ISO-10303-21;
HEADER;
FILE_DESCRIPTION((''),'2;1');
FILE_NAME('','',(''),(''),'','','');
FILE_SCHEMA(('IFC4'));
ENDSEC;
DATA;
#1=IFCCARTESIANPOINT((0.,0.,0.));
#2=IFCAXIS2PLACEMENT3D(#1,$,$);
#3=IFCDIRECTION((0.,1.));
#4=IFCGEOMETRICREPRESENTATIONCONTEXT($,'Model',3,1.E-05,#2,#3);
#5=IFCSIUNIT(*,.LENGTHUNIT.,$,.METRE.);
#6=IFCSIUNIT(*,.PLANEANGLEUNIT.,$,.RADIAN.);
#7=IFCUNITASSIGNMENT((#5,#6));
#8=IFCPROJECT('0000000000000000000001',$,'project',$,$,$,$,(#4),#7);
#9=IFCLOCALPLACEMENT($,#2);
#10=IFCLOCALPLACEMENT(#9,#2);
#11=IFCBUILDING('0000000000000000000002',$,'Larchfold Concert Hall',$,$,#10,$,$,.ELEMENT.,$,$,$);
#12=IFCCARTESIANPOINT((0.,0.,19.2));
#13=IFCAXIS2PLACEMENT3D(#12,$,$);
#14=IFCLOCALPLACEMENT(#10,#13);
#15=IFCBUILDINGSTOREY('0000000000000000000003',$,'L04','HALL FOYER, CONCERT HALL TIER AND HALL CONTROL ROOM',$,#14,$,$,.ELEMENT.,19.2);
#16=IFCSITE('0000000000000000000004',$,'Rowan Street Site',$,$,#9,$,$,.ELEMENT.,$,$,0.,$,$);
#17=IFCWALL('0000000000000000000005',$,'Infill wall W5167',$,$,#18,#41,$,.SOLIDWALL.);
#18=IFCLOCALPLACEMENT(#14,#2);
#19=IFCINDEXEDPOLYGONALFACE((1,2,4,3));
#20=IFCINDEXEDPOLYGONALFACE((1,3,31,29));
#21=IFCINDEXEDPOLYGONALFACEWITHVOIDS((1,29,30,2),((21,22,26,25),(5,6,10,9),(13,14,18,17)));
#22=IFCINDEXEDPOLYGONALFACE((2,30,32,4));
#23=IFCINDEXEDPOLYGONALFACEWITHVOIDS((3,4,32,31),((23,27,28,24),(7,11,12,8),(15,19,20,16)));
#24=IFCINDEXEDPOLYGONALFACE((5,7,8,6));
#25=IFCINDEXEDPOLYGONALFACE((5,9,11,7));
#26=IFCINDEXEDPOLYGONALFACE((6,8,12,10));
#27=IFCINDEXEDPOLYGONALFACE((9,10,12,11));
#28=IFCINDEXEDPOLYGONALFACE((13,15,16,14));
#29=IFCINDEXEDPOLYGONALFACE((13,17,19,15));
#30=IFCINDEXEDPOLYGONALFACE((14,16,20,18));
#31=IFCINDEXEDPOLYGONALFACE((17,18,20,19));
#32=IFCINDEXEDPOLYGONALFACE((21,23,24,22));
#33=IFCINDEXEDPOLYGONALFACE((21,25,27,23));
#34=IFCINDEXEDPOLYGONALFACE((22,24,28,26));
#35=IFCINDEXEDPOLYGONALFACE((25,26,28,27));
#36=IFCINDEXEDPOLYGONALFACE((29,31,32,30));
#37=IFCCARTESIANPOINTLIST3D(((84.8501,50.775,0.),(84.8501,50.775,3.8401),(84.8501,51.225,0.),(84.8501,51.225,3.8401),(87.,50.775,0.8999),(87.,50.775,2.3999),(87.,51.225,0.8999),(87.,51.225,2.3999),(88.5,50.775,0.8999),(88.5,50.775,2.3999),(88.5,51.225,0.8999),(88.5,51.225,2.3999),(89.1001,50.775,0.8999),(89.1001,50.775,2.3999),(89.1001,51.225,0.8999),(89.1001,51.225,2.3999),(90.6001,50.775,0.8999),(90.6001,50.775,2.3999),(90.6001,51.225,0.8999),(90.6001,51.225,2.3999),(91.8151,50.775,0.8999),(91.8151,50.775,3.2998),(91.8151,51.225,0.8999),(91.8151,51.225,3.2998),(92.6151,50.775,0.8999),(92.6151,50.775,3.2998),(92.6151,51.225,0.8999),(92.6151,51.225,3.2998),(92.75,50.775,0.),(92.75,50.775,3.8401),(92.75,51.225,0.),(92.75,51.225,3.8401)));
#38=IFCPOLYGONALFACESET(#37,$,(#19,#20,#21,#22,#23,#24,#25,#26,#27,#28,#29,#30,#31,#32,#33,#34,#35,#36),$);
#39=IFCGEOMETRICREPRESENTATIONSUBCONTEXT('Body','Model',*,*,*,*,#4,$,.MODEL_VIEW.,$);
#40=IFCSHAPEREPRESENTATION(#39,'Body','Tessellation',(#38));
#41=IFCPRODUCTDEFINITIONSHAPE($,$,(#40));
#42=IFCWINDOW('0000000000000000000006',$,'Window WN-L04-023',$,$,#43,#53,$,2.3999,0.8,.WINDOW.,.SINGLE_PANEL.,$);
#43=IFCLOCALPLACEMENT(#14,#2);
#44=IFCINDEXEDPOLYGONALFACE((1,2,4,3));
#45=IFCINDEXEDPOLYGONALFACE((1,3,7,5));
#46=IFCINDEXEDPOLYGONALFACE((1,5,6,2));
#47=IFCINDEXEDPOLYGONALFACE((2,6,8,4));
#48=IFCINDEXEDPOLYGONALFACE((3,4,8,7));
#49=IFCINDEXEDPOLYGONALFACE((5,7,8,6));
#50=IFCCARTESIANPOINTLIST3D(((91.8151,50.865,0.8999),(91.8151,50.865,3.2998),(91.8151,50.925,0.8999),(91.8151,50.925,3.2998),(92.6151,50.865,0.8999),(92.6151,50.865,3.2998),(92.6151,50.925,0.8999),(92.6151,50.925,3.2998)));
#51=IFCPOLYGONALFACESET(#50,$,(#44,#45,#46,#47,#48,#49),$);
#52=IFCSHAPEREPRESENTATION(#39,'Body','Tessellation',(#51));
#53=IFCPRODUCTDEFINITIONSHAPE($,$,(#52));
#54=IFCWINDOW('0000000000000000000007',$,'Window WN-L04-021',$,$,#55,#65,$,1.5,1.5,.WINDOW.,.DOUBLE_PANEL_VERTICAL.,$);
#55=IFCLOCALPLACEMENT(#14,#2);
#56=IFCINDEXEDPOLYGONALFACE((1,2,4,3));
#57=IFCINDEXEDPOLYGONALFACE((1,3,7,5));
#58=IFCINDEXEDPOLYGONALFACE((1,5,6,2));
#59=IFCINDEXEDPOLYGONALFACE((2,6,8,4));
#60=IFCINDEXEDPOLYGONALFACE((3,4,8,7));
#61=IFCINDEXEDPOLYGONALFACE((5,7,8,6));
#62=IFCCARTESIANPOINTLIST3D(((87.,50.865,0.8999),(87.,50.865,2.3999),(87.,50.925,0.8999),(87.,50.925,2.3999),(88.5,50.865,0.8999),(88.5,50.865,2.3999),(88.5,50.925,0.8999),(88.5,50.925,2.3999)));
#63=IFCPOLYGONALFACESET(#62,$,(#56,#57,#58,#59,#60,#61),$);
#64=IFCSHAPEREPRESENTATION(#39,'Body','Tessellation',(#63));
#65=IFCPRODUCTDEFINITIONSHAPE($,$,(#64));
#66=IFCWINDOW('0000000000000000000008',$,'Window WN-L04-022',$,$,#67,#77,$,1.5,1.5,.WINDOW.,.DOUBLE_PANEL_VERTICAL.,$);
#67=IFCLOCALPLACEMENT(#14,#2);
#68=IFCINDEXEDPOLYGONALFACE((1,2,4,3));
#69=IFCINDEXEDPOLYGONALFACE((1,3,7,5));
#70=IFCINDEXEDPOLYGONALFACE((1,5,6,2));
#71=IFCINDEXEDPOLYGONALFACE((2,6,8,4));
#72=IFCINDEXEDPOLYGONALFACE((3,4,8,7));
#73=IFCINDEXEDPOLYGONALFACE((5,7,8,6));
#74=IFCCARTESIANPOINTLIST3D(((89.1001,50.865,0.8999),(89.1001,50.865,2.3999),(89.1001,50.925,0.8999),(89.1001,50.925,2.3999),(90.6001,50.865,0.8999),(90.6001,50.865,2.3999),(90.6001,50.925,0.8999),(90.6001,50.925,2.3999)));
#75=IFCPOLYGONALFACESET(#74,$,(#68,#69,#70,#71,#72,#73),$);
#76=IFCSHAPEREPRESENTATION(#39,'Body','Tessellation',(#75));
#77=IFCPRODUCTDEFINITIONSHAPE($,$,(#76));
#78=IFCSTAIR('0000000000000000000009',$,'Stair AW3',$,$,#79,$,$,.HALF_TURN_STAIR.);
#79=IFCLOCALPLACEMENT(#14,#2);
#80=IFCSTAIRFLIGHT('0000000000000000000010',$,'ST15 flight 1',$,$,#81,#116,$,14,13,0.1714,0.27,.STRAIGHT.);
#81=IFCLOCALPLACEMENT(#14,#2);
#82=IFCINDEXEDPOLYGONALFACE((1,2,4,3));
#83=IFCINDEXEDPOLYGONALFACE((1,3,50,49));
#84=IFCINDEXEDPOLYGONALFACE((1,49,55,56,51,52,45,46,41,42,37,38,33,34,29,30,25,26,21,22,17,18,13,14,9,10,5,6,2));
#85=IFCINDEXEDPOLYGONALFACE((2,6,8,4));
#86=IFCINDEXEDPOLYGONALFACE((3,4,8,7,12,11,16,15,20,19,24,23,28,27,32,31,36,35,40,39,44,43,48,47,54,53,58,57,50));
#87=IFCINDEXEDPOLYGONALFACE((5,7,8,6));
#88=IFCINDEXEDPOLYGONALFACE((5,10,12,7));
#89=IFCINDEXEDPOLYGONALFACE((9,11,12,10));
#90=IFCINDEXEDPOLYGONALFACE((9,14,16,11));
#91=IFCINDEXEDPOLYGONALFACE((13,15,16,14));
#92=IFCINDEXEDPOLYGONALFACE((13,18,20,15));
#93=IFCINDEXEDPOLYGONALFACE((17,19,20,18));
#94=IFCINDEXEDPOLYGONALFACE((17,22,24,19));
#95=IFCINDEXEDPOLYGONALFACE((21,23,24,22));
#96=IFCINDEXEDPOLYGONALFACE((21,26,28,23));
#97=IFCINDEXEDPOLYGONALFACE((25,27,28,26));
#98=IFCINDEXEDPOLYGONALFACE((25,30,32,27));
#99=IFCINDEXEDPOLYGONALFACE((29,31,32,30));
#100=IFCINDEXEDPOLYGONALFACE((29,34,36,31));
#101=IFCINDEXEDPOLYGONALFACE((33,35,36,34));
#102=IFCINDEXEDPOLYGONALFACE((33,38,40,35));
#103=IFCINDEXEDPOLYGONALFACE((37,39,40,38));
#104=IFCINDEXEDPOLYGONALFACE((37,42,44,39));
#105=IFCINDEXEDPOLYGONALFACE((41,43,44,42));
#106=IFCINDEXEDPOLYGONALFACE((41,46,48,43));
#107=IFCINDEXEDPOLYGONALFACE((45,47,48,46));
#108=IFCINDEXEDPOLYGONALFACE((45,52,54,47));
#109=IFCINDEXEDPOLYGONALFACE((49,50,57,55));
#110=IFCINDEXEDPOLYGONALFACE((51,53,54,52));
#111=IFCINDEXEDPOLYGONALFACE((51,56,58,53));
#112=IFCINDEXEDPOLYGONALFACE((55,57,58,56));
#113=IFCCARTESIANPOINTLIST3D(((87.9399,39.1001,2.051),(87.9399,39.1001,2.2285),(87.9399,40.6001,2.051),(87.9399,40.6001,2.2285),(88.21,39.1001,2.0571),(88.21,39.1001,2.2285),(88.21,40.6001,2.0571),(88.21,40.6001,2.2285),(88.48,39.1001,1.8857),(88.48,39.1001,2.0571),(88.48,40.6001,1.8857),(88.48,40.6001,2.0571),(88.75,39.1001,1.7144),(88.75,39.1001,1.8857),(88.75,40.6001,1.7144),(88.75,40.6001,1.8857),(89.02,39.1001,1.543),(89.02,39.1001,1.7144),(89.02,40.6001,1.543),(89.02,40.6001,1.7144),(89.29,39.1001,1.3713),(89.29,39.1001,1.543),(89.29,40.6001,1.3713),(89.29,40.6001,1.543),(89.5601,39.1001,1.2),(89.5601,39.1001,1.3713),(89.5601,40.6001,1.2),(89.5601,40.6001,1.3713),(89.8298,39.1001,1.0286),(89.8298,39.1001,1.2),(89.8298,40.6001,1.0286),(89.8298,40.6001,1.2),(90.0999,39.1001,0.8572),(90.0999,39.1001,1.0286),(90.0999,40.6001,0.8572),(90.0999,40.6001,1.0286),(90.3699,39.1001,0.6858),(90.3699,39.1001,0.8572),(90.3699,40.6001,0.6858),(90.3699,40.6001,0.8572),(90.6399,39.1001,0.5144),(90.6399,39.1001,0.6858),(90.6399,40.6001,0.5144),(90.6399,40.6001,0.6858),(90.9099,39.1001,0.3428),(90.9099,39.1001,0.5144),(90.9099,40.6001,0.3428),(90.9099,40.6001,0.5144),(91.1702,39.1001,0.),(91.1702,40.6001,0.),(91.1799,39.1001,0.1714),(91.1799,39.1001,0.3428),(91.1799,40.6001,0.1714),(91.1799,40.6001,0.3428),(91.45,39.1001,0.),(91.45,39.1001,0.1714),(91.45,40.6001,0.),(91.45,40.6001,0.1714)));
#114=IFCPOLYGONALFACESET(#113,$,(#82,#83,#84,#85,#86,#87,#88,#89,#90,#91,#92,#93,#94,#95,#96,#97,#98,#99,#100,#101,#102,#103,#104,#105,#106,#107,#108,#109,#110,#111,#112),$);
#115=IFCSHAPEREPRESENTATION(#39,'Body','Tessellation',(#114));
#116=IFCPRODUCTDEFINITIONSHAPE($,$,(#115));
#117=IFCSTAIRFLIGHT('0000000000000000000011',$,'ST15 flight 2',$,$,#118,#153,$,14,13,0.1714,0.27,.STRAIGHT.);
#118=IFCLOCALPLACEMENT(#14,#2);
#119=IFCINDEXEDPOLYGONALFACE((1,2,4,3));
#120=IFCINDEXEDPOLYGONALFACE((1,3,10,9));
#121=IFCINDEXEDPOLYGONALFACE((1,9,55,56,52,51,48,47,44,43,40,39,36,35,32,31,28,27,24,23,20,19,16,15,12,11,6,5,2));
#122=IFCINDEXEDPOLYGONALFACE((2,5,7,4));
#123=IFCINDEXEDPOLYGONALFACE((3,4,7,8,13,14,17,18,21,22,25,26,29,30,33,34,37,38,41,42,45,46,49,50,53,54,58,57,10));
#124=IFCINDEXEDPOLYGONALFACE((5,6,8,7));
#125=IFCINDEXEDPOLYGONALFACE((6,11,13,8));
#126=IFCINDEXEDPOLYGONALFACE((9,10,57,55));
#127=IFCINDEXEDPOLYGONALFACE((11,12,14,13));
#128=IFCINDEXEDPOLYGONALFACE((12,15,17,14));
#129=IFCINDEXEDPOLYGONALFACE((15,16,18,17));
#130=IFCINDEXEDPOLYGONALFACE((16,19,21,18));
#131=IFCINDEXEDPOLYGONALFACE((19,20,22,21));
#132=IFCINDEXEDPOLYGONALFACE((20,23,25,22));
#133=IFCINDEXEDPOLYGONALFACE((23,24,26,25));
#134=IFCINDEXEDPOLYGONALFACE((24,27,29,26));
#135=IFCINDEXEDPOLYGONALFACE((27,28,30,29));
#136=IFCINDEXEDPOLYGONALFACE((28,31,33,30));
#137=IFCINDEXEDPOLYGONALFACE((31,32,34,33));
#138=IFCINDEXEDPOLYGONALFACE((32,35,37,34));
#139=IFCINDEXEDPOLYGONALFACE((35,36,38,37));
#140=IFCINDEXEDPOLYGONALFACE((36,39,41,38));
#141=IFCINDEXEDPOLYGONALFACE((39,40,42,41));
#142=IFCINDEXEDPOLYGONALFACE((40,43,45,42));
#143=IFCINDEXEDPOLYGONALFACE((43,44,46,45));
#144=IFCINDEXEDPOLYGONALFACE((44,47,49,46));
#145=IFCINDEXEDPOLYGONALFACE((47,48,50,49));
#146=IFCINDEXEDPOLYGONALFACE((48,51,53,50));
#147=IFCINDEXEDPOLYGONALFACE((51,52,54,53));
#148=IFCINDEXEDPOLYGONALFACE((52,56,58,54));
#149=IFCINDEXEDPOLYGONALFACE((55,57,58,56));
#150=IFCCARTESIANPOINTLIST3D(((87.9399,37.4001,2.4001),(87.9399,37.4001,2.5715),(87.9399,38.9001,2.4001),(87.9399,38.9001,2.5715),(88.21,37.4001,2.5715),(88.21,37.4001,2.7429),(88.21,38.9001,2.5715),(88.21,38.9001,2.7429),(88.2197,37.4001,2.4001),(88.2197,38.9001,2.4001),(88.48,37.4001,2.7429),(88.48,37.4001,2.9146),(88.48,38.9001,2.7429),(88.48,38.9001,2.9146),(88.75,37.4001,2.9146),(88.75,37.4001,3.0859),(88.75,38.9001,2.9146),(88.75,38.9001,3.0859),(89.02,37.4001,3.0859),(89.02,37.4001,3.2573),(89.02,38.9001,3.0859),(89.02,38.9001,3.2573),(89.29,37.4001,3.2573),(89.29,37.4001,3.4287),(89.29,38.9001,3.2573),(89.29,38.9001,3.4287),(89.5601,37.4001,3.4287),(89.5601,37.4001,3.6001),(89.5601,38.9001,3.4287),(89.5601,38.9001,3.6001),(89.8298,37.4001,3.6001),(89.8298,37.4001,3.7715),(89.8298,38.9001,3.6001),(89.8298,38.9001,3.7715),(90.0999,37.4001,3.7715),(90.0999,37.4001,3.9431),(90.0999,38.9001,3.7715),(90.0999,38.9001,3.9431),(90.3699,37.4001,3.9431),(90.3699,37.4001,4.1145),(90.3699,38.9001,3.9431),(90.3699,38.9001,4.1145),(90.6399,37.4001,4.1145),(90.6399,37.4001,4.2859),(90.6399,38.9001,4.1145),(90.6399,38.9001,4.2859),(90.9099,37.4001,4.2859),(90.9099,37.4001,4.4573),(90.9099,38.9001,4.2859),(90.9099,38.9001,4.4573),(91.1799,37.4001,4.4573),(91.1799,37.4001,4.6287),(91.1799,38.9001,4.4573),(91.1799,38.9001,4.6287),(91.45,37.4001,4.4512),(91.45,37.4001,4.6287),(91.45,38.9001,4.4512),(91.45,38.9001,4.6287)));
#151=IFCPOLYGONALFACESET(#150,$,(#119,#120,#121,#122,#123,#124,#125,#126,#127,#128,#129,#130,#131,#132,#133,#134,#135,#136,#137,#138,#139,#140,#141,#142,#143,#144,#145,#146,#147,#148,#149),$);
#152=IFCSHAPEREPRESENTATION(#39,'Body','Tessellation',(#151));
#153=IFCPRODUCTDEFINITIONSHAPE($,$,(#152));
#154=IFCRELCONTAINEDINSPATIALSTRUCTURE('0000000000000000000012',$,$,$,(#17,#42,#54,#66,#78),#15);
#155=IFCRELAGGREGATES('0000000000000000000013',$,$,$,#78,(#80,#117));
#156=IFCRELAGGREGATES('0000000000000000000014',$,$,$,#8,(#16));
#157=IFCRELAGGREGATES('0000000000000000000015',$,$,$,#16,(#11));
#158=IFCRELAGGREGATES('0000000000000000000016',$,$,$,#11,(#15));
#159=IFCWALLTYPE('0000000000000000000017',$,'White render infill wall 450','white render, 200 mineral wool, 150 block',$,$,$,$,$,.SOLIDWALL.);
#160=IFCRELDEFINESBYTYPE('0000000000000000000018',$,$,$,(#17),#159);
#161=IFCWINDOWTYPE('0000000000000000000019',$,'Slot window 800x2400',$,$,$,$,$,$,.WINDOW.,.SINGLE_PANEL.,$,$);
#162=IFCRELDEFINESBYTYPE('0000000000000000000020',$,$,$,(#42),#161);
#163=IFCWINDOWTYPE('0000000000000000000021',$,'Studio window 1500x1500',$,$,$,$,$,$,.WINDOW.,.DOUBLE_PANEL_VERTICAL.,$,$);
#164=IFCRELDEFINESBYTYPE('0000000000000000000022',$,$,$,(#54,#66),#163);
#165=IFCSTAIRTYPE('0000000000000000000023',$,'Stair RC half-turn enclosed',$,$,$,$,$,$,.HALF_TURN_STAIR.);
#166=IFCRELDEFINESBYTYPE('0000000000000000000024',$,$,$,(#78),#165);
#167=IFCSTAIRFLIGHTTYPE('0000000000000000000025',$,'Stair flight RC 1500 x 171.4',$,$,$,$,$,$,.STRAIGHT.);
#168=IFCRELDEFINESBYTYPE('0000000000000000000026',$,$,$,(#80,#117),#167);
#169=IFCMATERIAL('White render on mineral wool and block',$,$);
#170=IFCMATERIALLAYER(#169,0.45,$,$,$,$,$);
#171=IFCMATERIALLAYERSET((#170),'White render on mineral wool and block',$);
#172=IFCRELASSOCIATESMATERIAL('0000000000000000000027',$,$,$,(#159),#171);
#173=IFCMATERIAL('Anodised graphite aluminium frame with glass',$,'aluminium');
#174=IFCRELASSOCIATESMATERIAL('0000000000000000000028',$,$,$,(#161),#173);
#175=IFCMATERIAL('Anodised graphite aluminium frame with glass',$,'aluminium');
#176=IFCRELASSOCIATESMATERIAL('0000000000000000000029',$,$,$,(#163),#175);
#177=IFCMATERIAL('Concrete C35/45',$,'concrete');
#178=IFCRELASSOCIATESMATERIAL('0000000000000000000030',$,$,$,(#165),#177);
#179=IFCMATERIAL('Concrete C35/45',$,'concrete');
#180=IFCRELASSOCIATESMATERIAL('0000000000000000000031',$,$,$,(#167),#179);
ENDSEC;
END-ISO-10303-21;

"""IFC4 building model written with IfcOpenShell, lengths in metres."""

from ifc_helpers import new_model, si_unit, direction, frame, frame_2d, origin, place, context, subcontext, project, spatial, polyline, rectangle, outline, extrude, material, layer, layer_set, type_object, element, fill, aggregate, save


model = new_model("IFC4")

# Units and contexts
model_context = context("Model", 3, precision=1e-05, world=origin(), true_north=direction((0.0, 1.0)))
body_context = subcontext(model_context, "Body", "Model", "MODEL_VIEW")
ifc_project = project(units=[si_unit("LENGTHUNIT", "METRE"), si_unit("PLANEANGLEUNIT", "RADIAN")], contexts=[model_context])

# Site, building, storey
site_placement = place(None, origin())
site = spatial("IfcSite", under=ifc_project, at=site_placement, Name="Rowan Street Site", CompositionType="ELEMENT", RefElevation=0.0)
building_placement = place(site_placement, origin())
building = spatial("IfcBuilding", under=site, at=building_placement, Name="Larchfold Concert Hall", CompositionType="ELEMENT")
storey_placement = place(building_placement, frame((0.0, 0.0, 19.2)))
storey = spatial("IfcBuildingStorey", under=building, at=storey_placement, Name="L04", Description="HALL FOYER, CONCERT HALL TIER AND HALL CONTROL ROOM", CompositionType="ELEMENT", Elevation=19.2)

# Wall, openings, windows
ifc_material_1 = material(Name="White render on mineral wool and block")
ifc_layer_1 = layer(ifc_material_1, 0.45)
ifc_layer_set_1 = layer_set([ifc_layer_1], Name="White render on mineral wool and block")
wall_type_1 = type_object("IfcWallType", Name="White render infill wall 450", Description="white render, 200 mineral wool, 150 block", PredefinedType="SOLIDWALL", material=ifc_layer_set_1)
wall_1_placement = place(storey_placement, frame((92.75, 51.0, 0.0), z_axis=(0.0, 0.0, 1.0), x_axis=(-1.0, 0.0, 0.0)))
wall_1 = element("IfcWall", 1, at=wall_1_placement, inside=storey, type_object=wall_type_1, Name="Infill wall W5167", PredefinedType="SOLIDWALL", context=body_context, shape_type="SweptSolid", body=[
    extrude(rectangle(XDim=7.8999, YDim=0.45, at=frame_2d((3.95, 0.0))), origin(), (0.0, 0.0, 1.0), 3.8401),
])
opening_1_placement = place(wall_1_placement, frame((4.25, 0.0, 0.8999)))
opening_1 = element("IfcOpeningElement", 2, at=opening_1_placement, cuts=wall_1, PredefinedType="OPENING", context=body_context, shape_type="SweptSolid", body=[
    extrude(rectangle(XDim=1.5, YDim=1.5, at=frame_2d((0.75, 0.75))), frame((0.0, 0.2349, 0.0), z_axis=(0.0, -1.0, 0.0), x_axis=(1.0, 0.0, 0.0)), (0.0, 0.0, 1.0), 0.47),
])
opening_2_placement = place(wall_1_placement, frame((2.1499, 0.0, 0.8999)))
opening_2 = element("IfcOpeningElement", 3, at=opening_2_placement, cuts=wall_1, PredefinedType="OPENING", context=body_context, shape_type="SweptSolid", body=[
    extrude(rectangle(XDim=1.5, YDim=1.5, at=frame_2d((0.75, 0.75))), frame((0.0, 0.2349, 0.0), z_axis=(0.0, -1.0, 0.0), x_axis=(1.0, 0.0, 0.0)), (0.0, 0.0, 1.0), 0.47),
])
opening_3_placement = place(wall_1_placement, frame((0.135, 0.0, 0.8999)))
opening_3 = element("IfcOpeningElement", 4, at=opening_3_placement, cuts=wall_1, PredefinedType="OPENING", context=body_context, shape_type="SweptSolid", body=[
    extrude(rectangle(XDim=0.8, YDim=2.3999, at=frame_2d((0.3999, 1.2))), frame((0.0, 0.2349, 0.0), z_axis=(0.0, -1.0, 0.0), x_axis=(1.0, 0.0, 0.0)), (0.0, 0.0, 1.0), 0.47),
])
ifc_material_2 = material(Name="Anodised graphite aluminium frame with glass", Category="aluminium")
window_type_1 = type_object("IfcWindowType", Name="Slot window 800x2400", PartitioningType="SINGLE_PANEL", PredefinedType="WINDOW", material=ifc_material_2)
window_1_placement = place(opening_3_placement, origin())
window_1 = element("IfcWindow", 5, at=window_1_placement, inside=storey, type_object=window_type_1, Name="Window WN-L04-023", OverallHeight=2.3999, OverallWidth=0.8, PartitioningType="SINGLE_PANEL", PredefinedType="WINDOW", context=body_context, shape_type="SweptSolid", body=[
    extrude(rectangle(XDim=0.8, YDim=2.3999, at=frame_2d((0.3999, 1.2))), frame((0.0, 0.135, 0.0), z_axis=(0.0, -1.0, 0.0), x_axis=(1.0, 0.0, 0.0)), (0.0, 0.0, 1.0), 0.0601),
])
fill(opening_3, window_1)
ifc_material_3 = material(Name="Anodised graphite aluminium frame with glass", Category="aluminium")
window_type_2 = type_object("IfcWindowType", Name="Studio window 1500x1500", PartitioningType="DOUBLE_PANEL_VERTICAL", PredefinedType="WINDOW", material=ifc_material_3)
window_2_placement = place(opening_1_placement, origin())
window_2 = element("IfcWindow", 6, at=window_2_placement, inside=storey, type_object=window_type_2, Name="Window WN-L04-021", OverallHeight=1.5, OverallWidth=1.5, PartitioningType="DOUBLE_PANEL_VERTICAL", PredefinedType="WINDOW", context=body_context, shape_type="SweptSolid", body=[
    extrude(rectangle(XDim=1.5, YDim=1.5, at=frame_2d((0.75, 0.75))), frame((0.0, 0.135, 0.0), z_axis=(0.0, -1.0, 0.0), x_axis=(1.0, 0.0, 0.0)), (0.0, 0.0, 1.0), 0.0601),
])
fill(opening_1, window_2)
window_3_placement = place(opening_2_placement, origin())
window_3 = element("IfcWindow", 7, at=window_3_placement, inside=storey, type_object=window_type_2, Name="Window WN-L04-022", OverallHeight=1.5, OverallWidth=1.5, PartitioningType="DOUBLE_PANEL_VERTICAL", PredefinedType="WINDOW", context=body_context, shape_type="SweptSolid", body=[
    extrude(rectangle(XDim=1.5, YDim=1.5, at=frame_2d((0.75, 0.75))), frame((0.0, 0.135, 0.0), z_axis=(0.0, -1.0, 0.0), x_axis=(1.0, 0.0, 0.0)), (0.0, 0.0, 1.0), 0.0601),
])
fill(opening_2, window_3)

# Stair, stair flights
ifc_material_4 = material(Name="Concrete C35/45", Category="concrete")
stair_type = type_object("IfcStairType", Name="Stair RC half-turn enclosed", PredefinedType="HALF_TURN_STAIR", material=ifc_material_4)
stair_placement = place(storey_placement, origin())
stair = element("IfcStair", 8, at=stair_placement, inside=storey, type_object=stair_type, Name="Stair AW3", PredefinedType="HALF_TURN_STAIR")
ifc_material_5 = material(Name="Concrete C35/45", Category="concrete")
stair_flight_type = type_object("IfcStairFlightType", Name="Stair flight RC 1500 x 171.4", PredefinedType="STRAIGHT", material=ifc_material_5)
stair_flight_1_placement = place(storey_placement, frame((91.45, 39.8501, 0.0), z_axis=(0.0, 0.0, 1.0), x_axis=(-1.0, 0.0, 0.0)))
stair_flight_1 = element("IfcStairFlight", 9, at=stair_flight_1_placement, type_object=stair_flight_type, Name="ST15 flight 1", NumberOfRisers=14, NumberOfTreads=13, PredefinedType="STRAIGHT", RiserHeight=0.1714, TreadLength=0.27, context=body_context, shape_type="SweptSolid", body=[
    extrude(outline(polyline([(0.0, 0.0), (0.0, 0.1714), (0.27, 0.1714), (0.27, 0.3428), (0.54, 0.3428), (0.54, 0.5144), (0.8101, 0.5144), (0.8101, 0.6858), (1.0801, 0.6858), (1.0801, 0.8572), (1.3501, 0.8572), (1.3501, 1.0286), (1.6201, 1.0286), (1.6201, 1.2), (1.8899, 1.2), (1.8899, 1.3713), (2.1599, 1.3713), (2.1599, 1.543), (2.4299, 1.543), (2.4299, 1.7144), (2.7, 1.7144), (2.7, 1.8857), (2.97, 1.8857), (2.97, 2.0571), (3.24, 2.0571), (3.24, 2.2285), (3.51, 2.2285), (3.51, 2.3999), (3.51, 2.051), (0.2798, 0.0), (0.0, 0.0)])), frame((0.0, 0.75, 0.0), z_axis=(0.0, -1.0, 0.0), x_axis=(1.0, 0.0, 0.0)), (0.0, 0.0, 1.0), 1.5),
])
stair_flight_2_placement = place(storey_placement, frame((87.9399, 38.1501, 2.4001), z_axis=(0.0, 0.0, 1.0), x_axis=(1.0, 0.0, 0.0)))
stair_flight_2 = element("IfcStairFlight", 10, at=stair_flight_2_placement, type_object=stair_flight_type, Name="ST15 flight 2", NumberOfRisers=14, NumberOfTreads=13, PredefinedType="STRAIGHT", RiserHeight=0.1714, TreadLength=0.27, context=body_context, shape_type="SweptSolid", body=[
    extrude(outline(polyline([(0.0, 0.0), (0.0, 0.1714), (0.27, 0.1714), (0.27, 0.3428), (0.54, 0.3428), (0.54, 0.5144), (0.8101, 0.5144), (0.8101, 0.6858), (1.0801, 0.6858), (1.0801, 0.8572), (1.3501, 0.8572), (1.3501, 1.0286), (1.6201, 1.0286), (1.6201, 1.2), (1.8899, 1.2), (1.8899, 1.3713), (2.1599, 1.3713), (2.1599, 1.543), (2.4299, 1.543), (2.4299, 1.7144), (2.7, 1.7144), (2.7, 1.8857), (2.97, 1.8857), (2.97, 2.0571), (3.24, 2.0571), (3.24, 2.2285), (3.51, 2.2285), (3.51, 2.3999), (3.51, 2.051), (0.2798, 0.0), (0.0, 0.0)])), frame((0.0, 0.75, 0.0), z_axis=(0.0, -1.0, 0.0), x_axis=(1.0, 0.0, 0.0)), (0.0, 0.0, 1.0), 1.5),
])
aggregate(stair, [stair_flight_1, stair_flight_2])

save(model, "model.ifc")
